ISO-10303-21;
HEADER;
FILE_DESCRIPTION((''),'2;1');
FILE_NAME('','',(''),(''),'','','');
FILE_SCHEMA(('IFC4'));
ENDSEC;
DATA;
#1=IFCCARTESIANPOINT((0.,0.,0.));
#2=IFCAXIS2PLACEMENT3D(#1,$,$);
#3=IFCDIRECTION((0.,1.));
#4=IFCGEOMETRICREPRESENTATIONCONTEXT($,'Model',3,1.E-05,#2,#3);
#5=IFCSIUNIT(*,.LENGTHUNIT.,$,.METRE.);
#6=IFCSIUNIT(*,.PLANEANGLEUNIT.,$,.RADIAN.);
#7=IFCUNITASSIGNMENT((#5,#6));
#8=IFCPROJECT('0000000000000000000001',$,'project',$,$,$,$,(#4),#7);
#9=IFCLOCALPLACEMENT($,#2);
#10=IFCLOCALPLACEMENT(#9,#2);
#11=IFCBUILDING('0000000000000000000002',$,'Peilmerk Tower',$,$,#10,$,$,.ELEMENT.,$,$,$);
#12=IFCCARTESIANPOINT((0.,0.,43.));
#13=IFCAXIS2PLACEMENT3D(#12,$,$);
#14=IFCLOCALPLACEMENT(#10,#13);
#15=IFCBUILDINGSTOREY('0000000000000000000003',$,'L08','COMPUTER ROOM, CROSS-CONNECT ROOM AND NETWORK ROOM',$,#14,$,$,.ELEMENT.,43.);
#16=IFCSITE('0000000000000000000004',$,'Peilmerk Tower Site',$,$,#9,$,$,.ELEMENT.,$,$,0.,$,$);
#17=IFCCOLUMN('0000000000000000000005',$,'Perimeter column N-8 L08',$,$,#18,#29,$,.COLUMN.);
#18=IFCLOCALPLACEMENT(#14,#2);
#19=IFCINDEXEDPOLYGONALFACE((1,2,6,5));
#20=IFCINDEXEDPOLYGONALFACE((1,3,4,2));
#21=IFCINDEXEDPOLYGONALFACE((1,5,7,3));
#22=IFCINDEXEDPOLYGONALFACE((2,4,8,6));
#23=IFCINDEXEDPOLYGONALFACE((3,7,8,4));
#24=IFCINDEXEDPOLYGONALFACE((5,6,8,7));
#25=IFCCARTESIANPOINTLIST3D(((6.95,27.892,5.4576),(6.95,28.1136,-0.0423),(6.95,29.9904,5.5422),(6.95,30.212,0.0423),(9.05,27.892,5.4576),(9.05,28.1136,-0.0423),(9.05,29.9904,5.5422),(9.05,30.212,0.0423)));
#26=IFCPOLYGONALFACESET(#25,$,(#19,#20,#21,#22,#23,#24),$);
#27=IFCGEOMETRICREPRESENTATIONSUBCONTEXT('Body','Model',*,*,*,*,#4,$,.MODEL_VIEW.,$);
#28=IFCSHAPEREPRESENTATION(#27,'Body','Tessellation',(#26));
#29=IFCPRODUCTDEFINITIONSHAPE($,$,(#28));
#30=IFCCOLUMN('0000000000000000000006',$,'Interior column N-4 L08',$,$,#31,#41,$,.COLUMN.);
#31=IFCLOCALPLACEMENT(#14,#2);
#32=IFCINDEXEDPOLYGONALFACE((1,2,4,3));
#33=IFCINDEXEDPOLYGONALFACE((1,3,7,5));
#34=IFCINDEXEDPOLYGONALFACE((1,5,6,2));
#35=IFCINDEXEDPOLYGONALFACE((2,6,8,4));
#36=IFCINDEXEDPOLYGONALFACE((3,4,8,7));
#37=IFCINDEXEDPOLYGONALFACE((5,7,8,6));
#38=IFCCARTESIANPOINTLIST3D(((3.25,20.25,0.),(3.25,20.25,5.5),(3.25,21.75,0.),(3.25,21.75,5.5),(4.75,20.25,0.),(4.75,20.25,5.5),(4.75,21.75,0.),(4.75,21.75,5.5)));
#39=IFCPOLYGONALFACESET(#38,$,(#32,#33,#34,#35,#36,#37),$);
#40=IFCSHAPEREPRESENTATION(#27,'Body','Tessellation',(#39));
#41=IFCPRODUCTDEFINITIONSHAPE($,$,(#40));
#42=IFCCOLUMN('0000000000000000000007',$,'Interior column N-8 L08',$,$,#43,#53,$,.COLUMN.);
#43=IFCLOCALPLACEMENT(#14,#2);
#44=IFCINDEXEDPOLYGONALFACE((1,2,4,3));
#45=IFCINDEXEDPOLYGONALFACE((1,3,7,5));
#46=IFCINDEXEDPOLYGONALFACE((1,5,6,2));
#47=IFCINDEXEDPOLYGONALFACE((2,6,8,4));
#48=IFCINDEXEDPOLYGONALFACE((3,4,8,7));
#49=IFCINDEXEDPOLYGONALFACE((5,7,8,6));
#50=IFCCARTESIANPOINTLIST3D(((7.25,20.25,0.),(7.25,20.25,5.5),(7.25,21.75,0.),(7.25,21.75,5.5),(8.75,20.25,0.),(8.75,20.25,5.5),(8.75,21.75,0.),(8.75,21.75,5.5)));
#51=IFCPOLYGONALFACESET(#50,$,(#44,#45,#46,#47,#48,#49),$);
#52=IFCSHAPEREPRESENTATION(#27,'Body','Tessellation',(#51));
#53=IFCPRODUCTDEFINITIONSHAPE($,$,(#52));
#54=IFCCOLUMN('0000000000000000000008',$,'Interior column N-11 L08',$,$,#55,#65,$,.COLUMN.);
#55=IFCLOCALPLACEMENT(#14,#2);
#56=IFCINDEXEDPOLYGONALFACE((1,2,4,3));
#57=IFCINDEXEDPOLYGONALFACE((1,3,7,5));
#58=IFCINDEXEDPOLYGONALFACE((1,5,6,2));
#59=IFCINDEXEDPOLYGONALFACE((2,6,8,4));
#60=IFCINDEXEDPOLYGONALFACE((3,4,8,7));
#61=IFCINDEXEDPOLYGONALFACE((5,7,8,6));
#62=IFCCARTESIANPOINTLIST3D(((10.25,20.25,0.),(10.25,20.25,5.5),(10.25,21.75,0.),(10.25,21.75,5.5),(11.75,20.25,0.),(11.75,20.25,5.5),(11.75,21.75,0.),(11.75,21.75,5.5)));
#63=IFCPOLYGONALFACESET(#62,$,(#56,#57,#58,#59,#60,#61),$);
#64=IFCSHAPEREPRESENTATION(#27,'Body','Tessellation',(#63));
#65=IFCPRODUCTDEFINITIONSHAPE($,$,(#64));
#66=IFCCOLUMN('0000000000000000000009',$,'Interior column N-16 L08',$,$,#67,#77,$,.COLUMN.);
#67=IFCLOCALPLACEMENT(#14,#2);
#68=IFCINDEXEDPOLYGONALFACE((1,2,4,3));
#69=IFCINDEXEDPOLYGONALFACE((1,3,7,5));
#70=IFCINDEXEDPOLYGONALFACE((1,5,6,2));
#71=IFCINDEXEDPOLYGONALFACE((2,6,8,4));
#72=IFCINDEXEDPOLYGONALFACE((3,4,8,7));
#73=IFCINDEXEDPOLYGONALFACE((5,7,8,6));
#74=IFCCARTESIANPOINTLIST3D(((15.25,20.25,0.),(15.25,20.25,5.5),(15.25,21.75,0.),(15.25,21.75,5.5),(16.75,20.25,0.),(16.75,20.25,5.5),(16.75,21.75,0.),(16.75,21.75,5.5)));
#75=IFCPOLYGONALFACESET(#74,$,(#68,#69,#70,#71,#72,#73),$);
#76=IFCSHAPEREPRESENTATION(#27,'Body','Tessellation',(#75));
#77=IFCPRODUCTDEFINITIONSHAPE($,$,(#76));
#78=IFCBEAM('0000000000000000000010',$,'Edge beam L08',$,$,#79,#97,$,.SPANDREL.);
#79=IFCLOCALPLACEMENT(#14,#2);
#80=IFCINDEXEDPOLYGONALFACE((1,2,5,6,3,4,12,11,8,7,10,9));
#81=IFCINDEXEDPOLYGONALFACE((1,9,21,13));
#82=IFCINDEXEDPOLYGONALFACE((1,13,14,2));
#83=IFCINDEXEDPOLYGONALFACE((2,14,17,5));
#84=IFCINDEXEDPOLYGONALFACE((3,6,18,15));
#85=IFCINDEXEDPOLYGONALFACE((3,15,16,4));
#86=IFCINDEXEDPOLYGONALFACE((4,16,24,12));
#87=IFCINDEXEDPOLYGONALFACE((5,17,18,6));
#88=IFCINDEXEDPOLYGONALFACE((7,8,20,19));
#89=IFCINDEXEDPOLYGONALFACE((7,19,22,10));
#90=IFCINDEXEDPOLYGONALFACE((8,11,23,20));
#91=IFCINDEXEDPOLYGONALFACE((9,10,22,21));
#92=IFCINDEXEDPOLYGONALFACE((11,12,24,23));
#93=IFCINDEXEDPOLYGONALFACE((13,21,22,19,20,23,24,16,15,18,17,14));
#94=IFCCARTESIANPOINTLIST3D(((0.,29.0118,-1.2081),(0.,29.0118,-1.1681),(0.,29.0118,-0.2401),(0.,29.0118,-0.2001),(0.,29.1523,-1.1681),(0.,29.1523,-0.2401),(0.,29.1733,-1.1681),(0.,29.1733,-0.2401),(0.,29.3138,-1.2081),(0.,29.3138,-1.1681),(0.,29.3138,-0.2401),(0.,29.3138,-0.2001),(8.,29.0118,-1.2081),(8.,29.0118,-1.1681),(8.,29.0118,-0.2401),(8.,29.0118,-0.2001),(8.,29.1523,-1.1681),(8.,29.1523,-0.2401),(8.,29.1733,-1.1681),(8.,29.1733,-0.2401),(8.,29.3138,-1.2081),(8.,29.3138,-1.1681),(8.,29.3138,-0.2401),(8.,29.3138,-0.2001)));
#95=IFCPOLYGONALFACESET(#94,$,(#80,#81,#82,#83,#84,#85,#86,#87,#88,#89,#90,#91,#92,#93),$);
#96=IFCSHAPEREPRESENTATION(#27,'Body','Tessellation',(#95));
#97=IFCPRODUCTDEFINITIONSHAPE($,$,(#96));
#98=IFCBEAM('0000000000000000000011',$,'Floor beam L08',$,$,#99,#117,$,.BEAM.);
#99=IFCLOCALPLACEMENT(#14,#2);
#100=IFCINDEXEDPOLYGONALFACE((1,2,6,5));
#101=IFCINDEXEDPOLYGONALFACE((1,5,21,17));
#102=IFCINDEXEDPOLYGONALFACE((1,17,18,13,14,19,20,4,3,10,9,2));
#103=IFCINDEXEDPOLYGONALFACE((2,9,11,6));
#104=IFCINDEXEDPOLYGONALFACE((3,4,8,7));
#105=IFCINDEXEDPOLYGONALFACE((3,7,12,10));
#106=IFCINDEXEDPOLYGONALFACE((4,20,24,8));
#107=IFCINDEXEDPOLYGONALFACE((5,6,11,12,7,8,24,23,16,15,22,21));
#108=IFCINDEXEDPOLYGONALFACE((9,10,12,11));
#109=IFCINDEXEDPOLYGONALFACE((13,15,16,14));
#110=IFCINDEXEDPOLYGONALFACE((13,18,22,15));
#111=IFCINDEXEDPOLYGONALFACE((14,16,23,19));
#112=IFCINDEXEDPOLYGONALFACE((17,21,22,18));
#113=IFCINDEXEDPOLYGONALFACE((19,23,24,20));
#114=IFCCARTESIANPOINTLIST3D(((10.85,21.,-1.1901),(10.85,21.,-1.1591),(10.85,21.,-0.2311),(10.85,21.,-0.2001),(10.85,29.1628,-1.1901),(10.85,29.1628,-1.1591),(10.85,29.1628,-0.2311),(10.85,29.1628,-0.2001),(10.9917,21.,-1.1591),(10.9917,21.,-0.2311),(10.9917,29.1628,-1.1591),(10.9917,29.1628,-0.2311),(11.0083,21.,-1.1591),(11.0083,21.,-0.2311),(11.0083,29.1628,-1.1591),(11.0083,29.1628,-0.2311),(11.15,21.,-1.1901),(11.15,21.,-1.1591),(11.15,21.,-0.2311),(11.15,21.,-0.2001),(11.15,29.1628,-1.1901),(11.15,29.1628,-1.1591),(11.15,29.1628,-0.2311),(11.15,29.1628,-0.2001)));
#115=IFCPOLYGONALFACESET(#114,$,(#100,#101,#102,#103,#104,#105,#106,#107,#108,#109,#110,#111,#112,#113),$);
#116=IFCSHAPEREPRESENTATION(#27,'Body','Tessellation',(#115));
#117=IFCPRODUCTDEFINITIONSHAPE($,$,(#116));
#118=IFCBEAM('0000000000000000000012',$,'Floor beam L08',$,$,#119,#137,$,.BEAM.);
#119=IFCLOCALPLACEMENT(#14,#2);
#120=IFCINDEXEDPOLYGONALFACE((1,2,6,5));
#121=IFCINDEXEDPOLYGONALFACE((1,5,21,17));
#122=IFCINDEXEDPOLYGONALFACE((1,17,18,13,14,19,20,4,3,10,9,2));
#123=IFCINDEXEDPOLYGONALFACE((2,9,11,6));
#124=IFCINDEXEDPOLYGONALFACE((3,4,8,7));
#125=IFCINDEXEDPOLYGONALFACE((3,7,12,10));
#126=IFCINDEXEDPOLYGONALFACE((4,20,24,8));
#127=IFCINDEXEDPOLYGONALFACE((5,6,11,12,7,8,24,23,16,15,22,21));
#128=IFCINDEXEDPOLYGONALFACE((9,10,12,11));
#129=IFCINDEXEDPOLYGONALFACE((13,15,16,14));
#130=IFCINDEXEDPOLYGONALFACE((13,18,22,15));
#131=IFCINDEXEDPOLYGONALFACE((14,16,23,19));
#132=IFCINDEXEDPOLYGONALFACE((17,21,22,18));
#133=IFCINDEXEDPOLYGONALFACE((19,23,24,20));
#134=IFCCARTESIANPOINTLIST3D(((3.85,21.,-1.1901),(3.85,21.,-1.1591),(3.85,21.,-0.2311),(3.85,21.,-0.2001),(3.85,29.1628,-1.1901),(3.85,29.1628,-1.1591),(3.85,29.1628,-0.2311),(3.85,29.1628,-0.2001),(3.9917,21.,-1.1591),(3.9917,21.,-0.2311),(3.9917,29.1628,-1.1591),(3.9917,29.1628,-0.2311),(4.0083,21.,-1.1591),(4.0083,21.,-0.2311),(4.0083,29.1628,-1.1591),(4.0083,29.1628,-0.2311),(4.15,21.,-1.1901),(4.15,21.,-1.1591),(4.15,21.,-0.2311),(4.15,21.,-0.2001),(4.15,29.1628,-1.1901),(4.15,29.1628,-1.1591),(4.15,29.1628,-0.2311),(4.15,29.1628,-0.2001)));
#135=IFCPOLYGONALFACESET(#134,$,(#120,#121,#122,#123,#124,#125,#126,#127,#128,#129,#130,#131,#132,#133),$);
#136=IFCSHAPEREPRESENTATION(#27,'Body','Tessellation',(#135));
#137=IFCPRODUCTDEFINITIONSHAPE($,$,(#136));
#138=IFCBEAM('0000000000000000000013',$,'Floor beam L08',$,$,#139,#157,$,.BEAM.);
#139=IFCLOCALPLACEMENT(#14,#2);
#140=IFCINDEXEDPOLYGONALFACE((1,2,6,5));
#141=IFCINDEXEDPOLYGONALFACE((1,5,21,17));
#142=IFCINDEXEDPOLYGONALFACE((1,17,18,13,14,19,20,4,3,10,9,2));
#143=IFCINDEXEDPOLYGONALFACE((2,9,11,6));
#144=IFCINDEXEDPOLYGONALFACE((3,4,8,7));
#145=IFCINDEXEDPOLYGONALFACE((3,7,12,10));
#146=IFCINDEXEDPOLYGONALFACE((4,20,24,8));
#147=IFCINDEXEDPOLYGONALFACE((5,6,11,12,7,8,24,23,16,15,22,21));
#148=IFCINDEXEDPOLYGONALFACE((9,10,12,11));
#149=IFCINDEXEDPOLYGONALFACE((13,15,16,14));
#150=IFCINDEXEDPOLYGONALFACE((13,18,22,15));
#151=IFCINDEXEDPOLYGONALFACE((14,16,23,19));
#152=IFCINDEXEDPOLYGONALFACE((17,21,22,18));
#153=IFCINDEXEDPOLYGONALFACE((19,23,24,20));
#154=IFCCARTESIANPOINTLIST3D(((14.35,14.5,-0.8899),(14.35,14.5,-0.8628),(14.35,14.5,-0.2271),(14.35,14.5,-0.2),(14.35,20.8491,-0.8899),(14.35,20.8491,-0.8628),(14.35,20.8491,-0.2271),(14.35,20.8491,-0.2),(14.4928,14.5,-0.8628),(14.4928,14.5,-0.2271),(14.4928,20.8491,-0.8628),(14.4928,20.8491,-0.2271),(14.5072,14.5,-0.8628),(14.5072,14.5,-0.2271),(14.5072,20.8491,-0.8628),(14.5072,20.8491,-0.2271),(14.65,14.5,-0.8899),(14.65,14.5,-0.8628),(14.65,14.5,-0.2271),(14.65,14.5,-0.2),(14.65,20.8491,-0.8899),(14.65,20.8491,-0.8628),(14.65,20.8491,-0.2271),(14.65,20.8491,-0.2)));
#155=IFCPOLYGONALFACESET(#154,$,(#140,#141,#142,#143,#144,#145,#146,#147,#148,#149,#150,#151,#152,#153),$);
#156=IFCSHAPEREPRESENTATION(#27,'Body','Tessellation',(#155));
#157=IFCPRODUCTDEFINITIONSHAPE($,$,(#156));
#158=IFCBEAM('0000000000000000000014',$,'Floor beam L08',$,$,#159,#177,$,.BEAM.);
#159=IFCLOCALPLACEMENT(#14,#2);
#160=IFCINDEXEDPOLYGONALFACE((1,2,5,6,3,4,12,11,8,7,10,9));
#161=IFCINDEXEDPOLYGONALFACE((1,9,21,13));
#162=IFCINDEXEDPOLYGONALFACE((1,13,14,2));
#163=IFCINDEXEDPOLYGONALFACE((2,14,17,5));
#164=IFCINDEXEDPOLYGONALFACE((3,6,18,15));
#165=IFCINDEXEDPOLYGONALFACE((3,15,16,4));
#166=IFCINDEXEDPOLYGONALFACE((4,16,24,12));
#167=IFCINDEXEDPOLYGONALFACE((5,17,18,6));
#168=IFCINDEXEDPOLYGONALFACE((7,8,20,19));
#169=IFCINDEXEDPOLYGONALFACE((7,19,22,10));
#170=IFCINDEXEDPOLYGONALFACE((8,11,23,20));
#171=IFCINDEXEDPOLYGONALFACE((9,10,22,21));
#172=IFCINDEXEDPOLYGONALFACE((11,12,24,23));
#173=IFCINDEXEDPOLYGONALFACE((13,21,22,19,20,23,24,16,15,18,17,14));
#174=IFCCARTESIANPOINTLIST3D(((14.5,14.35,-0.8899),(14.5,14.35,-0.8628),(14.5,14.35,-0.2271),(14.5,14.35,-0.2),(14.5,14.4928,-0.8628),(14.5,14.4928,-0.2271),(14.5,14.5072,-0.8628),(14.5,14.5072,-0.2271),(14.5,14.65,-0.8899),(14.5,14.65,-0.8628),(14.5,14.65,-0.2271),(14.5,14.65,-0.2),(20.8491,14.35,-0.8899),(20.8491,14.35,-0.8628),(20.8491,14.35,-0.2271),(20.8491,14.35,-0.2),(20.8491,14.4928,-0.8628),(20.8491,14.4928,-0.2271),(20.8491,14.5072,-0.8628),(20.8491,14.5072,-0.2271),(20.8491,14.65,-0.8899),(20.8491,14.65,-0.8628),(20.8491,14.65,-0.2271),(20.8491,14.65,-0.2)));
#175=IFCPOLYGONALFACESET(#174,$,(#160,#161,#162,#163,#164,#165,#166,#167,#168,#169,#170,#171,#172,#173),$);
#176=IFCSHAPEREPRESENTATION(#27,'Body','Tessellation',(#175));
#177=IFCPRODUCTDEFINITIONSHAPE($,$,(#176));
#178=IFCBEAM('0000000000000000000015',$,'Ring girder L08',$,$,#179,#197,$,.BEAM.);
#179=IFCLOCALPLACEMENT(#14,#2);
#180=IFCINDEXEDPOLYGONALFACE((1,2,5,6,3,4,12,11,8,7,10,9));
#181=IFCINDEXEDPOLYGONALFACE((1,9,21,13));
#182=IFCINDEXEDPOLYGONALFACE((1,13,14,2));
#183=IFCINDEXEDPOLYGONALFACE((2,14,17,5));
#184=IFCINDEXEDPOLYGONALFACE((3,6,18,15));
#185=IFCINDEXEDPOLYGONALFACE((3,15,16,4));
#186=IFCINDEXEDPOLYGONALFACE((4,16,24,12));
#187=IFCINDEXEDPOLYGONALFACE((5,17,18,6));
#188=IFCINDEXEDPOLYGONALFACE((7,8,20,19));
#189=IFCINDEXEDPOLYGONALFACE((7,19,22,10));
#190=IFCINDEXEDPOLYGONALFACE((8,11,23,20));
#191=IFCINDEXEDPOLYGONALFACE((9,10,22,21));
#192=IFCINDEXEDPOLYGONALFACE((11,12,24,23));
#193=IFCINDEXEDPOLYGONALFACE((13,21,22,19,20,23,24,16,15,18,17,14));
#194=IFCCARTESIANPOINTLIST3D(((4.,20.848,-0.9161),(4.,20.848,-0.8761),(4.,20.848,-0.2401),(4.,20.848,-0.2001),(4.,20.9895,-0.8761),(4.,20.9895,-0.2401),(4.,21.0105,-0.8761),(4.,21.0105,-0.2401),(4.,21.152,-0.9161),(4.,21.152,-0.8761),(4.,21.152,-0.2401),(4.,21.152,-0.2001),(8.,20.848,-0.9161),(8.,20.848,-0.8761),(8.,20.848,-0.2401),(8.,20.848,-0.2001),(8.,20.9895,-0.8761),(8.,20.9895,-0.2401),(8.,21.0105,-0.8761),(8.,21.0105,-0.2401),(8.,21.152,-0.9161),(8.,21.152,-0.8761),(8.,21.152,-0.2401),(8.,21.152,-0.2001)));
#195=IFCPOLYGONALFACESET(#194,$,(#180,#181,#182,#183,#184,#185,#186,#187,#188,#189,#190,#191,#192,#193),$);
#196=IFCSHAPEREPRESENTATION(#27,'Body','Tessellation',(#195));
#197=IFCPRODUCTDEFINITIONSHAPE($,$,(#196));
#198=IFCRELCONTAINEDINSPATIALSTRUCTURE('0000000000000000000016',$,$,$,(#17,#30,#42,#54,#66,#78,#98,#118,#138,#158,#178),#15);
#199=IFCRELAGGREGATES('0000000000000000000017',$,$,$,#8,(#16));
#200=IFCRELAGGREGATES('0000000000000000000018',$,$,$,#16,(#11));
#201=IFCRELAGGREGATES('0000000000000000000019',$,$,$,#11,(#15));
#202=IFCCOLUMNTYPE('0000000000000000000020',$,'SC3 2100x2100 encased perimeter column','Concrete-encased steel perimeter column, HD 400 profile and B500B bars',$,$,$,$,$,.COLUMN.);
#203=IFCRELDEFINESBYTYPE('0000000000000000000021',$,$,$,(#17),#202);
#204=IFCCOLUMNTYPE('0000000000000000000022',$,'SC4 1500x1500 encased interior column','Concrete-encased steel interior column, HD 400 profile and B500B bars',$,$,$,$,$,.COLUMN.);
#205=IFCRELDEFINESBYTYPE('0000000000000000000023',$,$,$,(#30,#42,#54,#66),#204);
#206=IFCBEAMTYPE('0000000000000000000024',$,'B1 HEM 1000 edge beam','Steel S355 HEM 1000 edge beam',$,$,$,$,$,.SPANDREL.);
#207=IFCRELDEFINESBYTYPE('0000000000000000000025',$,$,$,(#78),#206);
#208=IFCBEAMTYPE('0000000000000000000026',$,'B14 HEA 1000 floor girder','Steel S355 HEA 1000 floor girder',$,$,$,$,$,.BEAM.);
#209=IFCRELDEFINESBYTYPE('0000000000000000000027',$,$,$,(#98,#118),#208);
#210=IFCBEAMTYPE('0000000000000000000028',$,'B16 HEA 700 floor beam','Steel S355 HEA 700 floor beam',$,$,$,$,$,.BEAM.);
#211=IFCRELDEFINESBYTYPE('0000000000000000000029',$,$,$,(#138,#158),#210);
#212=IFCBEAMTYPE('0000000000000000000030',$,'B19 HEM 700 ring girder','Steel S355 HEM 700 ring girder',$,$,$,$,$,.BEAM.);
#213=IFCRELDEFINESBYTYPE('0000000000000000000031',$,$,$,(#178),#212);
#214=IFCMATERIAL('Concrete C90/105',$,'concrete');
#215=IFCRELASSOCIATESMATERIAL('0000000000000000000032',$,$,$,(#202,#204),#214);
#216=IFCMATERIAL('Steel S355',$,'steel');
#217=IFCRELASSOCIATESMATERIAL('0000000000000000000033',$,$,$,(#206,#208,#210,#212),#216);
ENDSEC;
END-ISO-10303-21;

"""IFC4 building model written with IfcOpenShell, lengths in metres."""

from ifc_helpers import new_model, si_unit, direction, frame, origin, origin_2d, place, context, subcontext, project, spatial, rectangle, i_section, extrude, material, material_profile, profile_set, type_object, element, save


model = new_model("IFC4")

# Units and contexts
model_context = context("Model", 3, precision=1e-05, world=origin(), true_north=direction((0.0, 1.0)))
body_context = subcontext(model_context, "Body", "Model", "MODEL_VIEW")
ifc_project = project(units=[si_unit("LENGTHUNIT", "METRE"), si_unit("PLANEANGLEUNIT", "RADIAN")], contexts=[model_context])

# Site, building, storey
site_placement = place(None, origin())
site = spatial("IfcSite", under=ifc_project, at=site_placement, Name="Peilmerk Tower Site", CompositionType="ELEMENT", RefElevation=0.0)
building_placement = place(site_placement, origin())
building = spatial("IfcBuilding", under=site, at=building_placement, Name="Peilmerk Tower", CompositionType="ELEMENT")
storey_placement = place(building_placement, frame((0.0, 0.0, 43.0)))
storey = spatial("IfcBuildingStorey", under=building, at=storey_placement, Name="L08", Description="COMPUTER ROOM, CROSS-CONNECT ROOM AND NETWORK ROOM", CompositionType="ELEMENT", Elevation=43.0)

# Columns
ifc_material_1 = material(Name="Concrete C90/105", Category="concrete")
ifc_material_profile_1 = material_profile(ifc_material_1, rectangle(XDim=2.1001, YDim=2.1001, at=origin_2d()), Name="RC 2100x2100")
ifc_profile_set_1 = profile_set([ifc_material_profile_1], Name="Concrete C90/105")
column_type_1 = type_object("IfcColumnType", Name="SC3 2100x2100 encased perimeter column", Description="Concrete-encased steel perimeter column, HD 400 profile and B500B bars", PredefinedType="COLUMN", material=ifc_profile_set_1)
column_placement = place(storey_placement, frame((8.0, 29.1628, 0.0), z_axis=(0.0, -0.040273, 0.999189), x_axis=(1.0, 0.0, 0.0)))
element("IfcColumn", 1, at=column_placement, inside=storey, type_object=column_type_1, Name="Perimeter column N-8 L08", PredefinedType="COLUMN", context=body_context, shape_type="SweptSolid", body=[
    extrude(rectangle(XDim=2.1001, YDim=2.1001, at=origin_2d()), origin(), (0.0, 0.0, 1.0), 5.5044),
])
ifc_material_profile_2 = material_profile(ifc_material_1, rectangle(XDim=1.5, YDim=1.5, at=origin_2d()), Name="RC 1500x1500")
ifc_profile_set_2 = profile_set([ifc_material_profile_2], Name="Concrete C90/105")
column_type_2 = type_object("IfcColumnType", Name="SC4 1500x1500 encased interior column", Description="Concrete-encased steel interior column, HD 400 profile and B500B bars", PredefinedType="COLUMN", material=ifc_profile_set_2)
for number, where, z_axis, x_axis, name in (
    (2, (4.0, 21.0, 0.0), (0.0, 0.0, 1.0), (1.0, 0.0, 0.0), "Interior column N-4 L08"),
    (3, (8.0, 21.0, 0.0), (0.0, 0.0, 1.0), (1.0, 0.0, 0.0), "Interior column N-8 L08"),
    (4, (11.0, 21.0, 0.0), (0.0, 0.0, 1.0), (1.0, 0.0, 0.0), "Interior column N-11 L08"),
    (5, (16.0, 21.0, 0.0), (0.0, 0.0, 1.0), (1.0, 0.0, 0.0), "Interior column N-16 L08"),
):
    element("IfcColumn", number, at=place(storey_placement, frame(where, z_axis=z_axis, x_axis=x_axis)), inside=storey, type_object=column_type_2, Name=name, PredefinedType="COLUMN", context=body_context, shape_type="SweptSolid", body=[
        extrude(rectangle(XDim=1.5, YDim=1.5, at=origin_2d()), origin(), (0.0, 0.0, 1.0), 5.5),
    ])

# Beams
ifc_material_2 = material(Name="Steel S355", Category="steel")
ifc_material_profile_3 = material_profile(ifc_material_2, i_section(OverallWidth=0.302, OverallDepth=1.0081, WebThickness=0.021, FlangeThickness=0.04, at=origin_2d()), Name="HEM 1000")
ifc_profile_set_3 = profile_set([ifc_material_profile_3], Name="Steel S355")
beam_type_1 = type_object("IfcBeamType", Name="B1 HEM 1000 edge beam", Description="Steel S355 HEM 1000 edge beam", PredefinedType="SPANDREL", material=ifc_profile_set_3)
beam_1_placement = place(storey_placement, frame((8.0, 29.1628, -0.7041), z_axis=(-1.0, 0.0, 0.0), x_axis=(0.0, -1.0, 0.0)))
element("IfcBeam", 6, at=beam_1_placement, inside=storey, type_object=beam_type_1, Name="Edge beam L08", PredefinedType="SPANDREL", context=body_context, shape_type="SweptSolid", body=[
    extrude(i_section(OverallWidth=0.302, OverallDepth=1.0081, WebThickness=0.021, FlangeThickness=0.04, at=origin_2d()), origin(), (0.0, 0.0, 1.0), 8.0),
])
ifc_material_profile_4 = material_profile(ifc_material_2, i_section(OverallWidth=0.3, OverallDepth=0.99, WebThickness=0.0166, FlangeThickness=0.031, at=origin_2d()), Name="HEA 1000")
ifc_profile_set_4 = profile_set([ifc_material_profile_4], Name="Steel S355")
beam_type_2 = type_object("IfcBeamType", Name="B14 HEA 1000 floor girder", Description="Steel S355 HEA 1000 floor girder", PredefinedType="BEAM", material=ifc_profile_set_4)
for number, where, z_axis, x_axis, name in (
    (7, (11.0, 21.0, -0.6951), (0.0, 1.0, 0.0), (-1.0, 0.0, 0.0), "Floor beam L08"),
    (8, (4.0, 21.0, -0.6951), (0.0, 1.0, 0.0), (-1.0, 0.0, 0.0), "Floor beam L08"),
):
    element("IfcBeam", number, at=place(storey_placement, frame(where, z_axis=z_axis, x_axis=x_axis)), inside=storey, type_object=beam_type_2, Name=name, PredefinedType="BEAM", context=body_context, shape_type="SweptSolid", body=[
        extrude(i_section(OverallWidth=0.3, OverallDepth=0.99, WebThickness=0.0166, FlangeThickness=0.031, at=origin_2d()), origin(), (0.0, 0.0, 1.0), 8.1628),
    ])
ifc_material_profile_5 = material_profile(ifc_material_2, i_section(OverallWidth=0.3, OverallDepth=0.6899, WebThickness=0.0144, FlangeThickness=0.0271, at=origin_2d()), Name="HEA 700")
ifc_profile_set_5 = profile_set([ifc_material_profile_5], Name="Steel S355")
beam_type_3 = type_object("IfcBeamType", Name="B16 HEA 700 floor beam", Description="Steel S355 HEA 700 floor beam", PredefinedType="BEAM", material=ifc_profile_set_5)
for number, where, z_axis, x_axis, name in (
    (9, (14.5, 14.5, -0.5449), (0.0, 1.0, 0.0), (-1.0, 0.0, 0.0), "Floor beam L08"),
    (10, (14.5, 14.5, -0.5449), (1.0, 0.0, 0.0), (0.0, 1.0, 0.0), "Floor beam L08"),
):
    element("IfcBeam", number, at=place(storey_placement, frame(where, z_axis=z_axis, x_axis=x_axis)), inside=storey, type_object=beam_type_3, Name=name, PredefinedType="BEAM", context=body_context, shape_type="SweptSolid", body=[
        extrude(i_section(OverallWidth=0.3, OverallDepth=0.6899, WebThickness=0.0144, FlangeThickness=0.0271, at=origin_2d()), origin(), (0.0, 0.0, 1.0), 6.3491),
    ])
ifc_material_profile_6 = material_profile(ifc_material_2, i_section(OverallWidth=0.304, OverallDepth=0.7161, WebThickness=0.021, FlangeThickness=0.04, at=origin_2d()), Name="HEM 700")
ifc_profile_set_6 = profile_set([ifc_material_profile_6], Name="Steel S355")
beam_type_4 = type_object("IfcBeamType", Name="B19 HEM 700 ring girder", Description="Steel S355 HEM 700 ring girder", PredefinedType="BEAM", material=ifc_profile_set_6)
for number, where, z_axis, x_axis, name in (
    (11, (8.0, 21.0, -0.5581), (-1.0, 0.0, 0.0), (0.0, -1.0, 0.0), "Ring girder L08"),
):
    element("IfcBeam", number, at=place(storey_placement, frame(where, z_axis=z_axis, x_axis=x_axis)), inside=storey, type_object=beam_type_4, Name=name, PredefinedType="BEAM", context=body_context, shape_type="SweptSolid", body=[
        extrude(i_section(OverallWidth=0.304, OverallDepth=0.7161, WebThickness=0.021, FlangeThickness=0.04, at=origin_2d()), origin(), (0.0, 0.0, 1.0), 4.0),
    ])

save(model, "model.ifc")
